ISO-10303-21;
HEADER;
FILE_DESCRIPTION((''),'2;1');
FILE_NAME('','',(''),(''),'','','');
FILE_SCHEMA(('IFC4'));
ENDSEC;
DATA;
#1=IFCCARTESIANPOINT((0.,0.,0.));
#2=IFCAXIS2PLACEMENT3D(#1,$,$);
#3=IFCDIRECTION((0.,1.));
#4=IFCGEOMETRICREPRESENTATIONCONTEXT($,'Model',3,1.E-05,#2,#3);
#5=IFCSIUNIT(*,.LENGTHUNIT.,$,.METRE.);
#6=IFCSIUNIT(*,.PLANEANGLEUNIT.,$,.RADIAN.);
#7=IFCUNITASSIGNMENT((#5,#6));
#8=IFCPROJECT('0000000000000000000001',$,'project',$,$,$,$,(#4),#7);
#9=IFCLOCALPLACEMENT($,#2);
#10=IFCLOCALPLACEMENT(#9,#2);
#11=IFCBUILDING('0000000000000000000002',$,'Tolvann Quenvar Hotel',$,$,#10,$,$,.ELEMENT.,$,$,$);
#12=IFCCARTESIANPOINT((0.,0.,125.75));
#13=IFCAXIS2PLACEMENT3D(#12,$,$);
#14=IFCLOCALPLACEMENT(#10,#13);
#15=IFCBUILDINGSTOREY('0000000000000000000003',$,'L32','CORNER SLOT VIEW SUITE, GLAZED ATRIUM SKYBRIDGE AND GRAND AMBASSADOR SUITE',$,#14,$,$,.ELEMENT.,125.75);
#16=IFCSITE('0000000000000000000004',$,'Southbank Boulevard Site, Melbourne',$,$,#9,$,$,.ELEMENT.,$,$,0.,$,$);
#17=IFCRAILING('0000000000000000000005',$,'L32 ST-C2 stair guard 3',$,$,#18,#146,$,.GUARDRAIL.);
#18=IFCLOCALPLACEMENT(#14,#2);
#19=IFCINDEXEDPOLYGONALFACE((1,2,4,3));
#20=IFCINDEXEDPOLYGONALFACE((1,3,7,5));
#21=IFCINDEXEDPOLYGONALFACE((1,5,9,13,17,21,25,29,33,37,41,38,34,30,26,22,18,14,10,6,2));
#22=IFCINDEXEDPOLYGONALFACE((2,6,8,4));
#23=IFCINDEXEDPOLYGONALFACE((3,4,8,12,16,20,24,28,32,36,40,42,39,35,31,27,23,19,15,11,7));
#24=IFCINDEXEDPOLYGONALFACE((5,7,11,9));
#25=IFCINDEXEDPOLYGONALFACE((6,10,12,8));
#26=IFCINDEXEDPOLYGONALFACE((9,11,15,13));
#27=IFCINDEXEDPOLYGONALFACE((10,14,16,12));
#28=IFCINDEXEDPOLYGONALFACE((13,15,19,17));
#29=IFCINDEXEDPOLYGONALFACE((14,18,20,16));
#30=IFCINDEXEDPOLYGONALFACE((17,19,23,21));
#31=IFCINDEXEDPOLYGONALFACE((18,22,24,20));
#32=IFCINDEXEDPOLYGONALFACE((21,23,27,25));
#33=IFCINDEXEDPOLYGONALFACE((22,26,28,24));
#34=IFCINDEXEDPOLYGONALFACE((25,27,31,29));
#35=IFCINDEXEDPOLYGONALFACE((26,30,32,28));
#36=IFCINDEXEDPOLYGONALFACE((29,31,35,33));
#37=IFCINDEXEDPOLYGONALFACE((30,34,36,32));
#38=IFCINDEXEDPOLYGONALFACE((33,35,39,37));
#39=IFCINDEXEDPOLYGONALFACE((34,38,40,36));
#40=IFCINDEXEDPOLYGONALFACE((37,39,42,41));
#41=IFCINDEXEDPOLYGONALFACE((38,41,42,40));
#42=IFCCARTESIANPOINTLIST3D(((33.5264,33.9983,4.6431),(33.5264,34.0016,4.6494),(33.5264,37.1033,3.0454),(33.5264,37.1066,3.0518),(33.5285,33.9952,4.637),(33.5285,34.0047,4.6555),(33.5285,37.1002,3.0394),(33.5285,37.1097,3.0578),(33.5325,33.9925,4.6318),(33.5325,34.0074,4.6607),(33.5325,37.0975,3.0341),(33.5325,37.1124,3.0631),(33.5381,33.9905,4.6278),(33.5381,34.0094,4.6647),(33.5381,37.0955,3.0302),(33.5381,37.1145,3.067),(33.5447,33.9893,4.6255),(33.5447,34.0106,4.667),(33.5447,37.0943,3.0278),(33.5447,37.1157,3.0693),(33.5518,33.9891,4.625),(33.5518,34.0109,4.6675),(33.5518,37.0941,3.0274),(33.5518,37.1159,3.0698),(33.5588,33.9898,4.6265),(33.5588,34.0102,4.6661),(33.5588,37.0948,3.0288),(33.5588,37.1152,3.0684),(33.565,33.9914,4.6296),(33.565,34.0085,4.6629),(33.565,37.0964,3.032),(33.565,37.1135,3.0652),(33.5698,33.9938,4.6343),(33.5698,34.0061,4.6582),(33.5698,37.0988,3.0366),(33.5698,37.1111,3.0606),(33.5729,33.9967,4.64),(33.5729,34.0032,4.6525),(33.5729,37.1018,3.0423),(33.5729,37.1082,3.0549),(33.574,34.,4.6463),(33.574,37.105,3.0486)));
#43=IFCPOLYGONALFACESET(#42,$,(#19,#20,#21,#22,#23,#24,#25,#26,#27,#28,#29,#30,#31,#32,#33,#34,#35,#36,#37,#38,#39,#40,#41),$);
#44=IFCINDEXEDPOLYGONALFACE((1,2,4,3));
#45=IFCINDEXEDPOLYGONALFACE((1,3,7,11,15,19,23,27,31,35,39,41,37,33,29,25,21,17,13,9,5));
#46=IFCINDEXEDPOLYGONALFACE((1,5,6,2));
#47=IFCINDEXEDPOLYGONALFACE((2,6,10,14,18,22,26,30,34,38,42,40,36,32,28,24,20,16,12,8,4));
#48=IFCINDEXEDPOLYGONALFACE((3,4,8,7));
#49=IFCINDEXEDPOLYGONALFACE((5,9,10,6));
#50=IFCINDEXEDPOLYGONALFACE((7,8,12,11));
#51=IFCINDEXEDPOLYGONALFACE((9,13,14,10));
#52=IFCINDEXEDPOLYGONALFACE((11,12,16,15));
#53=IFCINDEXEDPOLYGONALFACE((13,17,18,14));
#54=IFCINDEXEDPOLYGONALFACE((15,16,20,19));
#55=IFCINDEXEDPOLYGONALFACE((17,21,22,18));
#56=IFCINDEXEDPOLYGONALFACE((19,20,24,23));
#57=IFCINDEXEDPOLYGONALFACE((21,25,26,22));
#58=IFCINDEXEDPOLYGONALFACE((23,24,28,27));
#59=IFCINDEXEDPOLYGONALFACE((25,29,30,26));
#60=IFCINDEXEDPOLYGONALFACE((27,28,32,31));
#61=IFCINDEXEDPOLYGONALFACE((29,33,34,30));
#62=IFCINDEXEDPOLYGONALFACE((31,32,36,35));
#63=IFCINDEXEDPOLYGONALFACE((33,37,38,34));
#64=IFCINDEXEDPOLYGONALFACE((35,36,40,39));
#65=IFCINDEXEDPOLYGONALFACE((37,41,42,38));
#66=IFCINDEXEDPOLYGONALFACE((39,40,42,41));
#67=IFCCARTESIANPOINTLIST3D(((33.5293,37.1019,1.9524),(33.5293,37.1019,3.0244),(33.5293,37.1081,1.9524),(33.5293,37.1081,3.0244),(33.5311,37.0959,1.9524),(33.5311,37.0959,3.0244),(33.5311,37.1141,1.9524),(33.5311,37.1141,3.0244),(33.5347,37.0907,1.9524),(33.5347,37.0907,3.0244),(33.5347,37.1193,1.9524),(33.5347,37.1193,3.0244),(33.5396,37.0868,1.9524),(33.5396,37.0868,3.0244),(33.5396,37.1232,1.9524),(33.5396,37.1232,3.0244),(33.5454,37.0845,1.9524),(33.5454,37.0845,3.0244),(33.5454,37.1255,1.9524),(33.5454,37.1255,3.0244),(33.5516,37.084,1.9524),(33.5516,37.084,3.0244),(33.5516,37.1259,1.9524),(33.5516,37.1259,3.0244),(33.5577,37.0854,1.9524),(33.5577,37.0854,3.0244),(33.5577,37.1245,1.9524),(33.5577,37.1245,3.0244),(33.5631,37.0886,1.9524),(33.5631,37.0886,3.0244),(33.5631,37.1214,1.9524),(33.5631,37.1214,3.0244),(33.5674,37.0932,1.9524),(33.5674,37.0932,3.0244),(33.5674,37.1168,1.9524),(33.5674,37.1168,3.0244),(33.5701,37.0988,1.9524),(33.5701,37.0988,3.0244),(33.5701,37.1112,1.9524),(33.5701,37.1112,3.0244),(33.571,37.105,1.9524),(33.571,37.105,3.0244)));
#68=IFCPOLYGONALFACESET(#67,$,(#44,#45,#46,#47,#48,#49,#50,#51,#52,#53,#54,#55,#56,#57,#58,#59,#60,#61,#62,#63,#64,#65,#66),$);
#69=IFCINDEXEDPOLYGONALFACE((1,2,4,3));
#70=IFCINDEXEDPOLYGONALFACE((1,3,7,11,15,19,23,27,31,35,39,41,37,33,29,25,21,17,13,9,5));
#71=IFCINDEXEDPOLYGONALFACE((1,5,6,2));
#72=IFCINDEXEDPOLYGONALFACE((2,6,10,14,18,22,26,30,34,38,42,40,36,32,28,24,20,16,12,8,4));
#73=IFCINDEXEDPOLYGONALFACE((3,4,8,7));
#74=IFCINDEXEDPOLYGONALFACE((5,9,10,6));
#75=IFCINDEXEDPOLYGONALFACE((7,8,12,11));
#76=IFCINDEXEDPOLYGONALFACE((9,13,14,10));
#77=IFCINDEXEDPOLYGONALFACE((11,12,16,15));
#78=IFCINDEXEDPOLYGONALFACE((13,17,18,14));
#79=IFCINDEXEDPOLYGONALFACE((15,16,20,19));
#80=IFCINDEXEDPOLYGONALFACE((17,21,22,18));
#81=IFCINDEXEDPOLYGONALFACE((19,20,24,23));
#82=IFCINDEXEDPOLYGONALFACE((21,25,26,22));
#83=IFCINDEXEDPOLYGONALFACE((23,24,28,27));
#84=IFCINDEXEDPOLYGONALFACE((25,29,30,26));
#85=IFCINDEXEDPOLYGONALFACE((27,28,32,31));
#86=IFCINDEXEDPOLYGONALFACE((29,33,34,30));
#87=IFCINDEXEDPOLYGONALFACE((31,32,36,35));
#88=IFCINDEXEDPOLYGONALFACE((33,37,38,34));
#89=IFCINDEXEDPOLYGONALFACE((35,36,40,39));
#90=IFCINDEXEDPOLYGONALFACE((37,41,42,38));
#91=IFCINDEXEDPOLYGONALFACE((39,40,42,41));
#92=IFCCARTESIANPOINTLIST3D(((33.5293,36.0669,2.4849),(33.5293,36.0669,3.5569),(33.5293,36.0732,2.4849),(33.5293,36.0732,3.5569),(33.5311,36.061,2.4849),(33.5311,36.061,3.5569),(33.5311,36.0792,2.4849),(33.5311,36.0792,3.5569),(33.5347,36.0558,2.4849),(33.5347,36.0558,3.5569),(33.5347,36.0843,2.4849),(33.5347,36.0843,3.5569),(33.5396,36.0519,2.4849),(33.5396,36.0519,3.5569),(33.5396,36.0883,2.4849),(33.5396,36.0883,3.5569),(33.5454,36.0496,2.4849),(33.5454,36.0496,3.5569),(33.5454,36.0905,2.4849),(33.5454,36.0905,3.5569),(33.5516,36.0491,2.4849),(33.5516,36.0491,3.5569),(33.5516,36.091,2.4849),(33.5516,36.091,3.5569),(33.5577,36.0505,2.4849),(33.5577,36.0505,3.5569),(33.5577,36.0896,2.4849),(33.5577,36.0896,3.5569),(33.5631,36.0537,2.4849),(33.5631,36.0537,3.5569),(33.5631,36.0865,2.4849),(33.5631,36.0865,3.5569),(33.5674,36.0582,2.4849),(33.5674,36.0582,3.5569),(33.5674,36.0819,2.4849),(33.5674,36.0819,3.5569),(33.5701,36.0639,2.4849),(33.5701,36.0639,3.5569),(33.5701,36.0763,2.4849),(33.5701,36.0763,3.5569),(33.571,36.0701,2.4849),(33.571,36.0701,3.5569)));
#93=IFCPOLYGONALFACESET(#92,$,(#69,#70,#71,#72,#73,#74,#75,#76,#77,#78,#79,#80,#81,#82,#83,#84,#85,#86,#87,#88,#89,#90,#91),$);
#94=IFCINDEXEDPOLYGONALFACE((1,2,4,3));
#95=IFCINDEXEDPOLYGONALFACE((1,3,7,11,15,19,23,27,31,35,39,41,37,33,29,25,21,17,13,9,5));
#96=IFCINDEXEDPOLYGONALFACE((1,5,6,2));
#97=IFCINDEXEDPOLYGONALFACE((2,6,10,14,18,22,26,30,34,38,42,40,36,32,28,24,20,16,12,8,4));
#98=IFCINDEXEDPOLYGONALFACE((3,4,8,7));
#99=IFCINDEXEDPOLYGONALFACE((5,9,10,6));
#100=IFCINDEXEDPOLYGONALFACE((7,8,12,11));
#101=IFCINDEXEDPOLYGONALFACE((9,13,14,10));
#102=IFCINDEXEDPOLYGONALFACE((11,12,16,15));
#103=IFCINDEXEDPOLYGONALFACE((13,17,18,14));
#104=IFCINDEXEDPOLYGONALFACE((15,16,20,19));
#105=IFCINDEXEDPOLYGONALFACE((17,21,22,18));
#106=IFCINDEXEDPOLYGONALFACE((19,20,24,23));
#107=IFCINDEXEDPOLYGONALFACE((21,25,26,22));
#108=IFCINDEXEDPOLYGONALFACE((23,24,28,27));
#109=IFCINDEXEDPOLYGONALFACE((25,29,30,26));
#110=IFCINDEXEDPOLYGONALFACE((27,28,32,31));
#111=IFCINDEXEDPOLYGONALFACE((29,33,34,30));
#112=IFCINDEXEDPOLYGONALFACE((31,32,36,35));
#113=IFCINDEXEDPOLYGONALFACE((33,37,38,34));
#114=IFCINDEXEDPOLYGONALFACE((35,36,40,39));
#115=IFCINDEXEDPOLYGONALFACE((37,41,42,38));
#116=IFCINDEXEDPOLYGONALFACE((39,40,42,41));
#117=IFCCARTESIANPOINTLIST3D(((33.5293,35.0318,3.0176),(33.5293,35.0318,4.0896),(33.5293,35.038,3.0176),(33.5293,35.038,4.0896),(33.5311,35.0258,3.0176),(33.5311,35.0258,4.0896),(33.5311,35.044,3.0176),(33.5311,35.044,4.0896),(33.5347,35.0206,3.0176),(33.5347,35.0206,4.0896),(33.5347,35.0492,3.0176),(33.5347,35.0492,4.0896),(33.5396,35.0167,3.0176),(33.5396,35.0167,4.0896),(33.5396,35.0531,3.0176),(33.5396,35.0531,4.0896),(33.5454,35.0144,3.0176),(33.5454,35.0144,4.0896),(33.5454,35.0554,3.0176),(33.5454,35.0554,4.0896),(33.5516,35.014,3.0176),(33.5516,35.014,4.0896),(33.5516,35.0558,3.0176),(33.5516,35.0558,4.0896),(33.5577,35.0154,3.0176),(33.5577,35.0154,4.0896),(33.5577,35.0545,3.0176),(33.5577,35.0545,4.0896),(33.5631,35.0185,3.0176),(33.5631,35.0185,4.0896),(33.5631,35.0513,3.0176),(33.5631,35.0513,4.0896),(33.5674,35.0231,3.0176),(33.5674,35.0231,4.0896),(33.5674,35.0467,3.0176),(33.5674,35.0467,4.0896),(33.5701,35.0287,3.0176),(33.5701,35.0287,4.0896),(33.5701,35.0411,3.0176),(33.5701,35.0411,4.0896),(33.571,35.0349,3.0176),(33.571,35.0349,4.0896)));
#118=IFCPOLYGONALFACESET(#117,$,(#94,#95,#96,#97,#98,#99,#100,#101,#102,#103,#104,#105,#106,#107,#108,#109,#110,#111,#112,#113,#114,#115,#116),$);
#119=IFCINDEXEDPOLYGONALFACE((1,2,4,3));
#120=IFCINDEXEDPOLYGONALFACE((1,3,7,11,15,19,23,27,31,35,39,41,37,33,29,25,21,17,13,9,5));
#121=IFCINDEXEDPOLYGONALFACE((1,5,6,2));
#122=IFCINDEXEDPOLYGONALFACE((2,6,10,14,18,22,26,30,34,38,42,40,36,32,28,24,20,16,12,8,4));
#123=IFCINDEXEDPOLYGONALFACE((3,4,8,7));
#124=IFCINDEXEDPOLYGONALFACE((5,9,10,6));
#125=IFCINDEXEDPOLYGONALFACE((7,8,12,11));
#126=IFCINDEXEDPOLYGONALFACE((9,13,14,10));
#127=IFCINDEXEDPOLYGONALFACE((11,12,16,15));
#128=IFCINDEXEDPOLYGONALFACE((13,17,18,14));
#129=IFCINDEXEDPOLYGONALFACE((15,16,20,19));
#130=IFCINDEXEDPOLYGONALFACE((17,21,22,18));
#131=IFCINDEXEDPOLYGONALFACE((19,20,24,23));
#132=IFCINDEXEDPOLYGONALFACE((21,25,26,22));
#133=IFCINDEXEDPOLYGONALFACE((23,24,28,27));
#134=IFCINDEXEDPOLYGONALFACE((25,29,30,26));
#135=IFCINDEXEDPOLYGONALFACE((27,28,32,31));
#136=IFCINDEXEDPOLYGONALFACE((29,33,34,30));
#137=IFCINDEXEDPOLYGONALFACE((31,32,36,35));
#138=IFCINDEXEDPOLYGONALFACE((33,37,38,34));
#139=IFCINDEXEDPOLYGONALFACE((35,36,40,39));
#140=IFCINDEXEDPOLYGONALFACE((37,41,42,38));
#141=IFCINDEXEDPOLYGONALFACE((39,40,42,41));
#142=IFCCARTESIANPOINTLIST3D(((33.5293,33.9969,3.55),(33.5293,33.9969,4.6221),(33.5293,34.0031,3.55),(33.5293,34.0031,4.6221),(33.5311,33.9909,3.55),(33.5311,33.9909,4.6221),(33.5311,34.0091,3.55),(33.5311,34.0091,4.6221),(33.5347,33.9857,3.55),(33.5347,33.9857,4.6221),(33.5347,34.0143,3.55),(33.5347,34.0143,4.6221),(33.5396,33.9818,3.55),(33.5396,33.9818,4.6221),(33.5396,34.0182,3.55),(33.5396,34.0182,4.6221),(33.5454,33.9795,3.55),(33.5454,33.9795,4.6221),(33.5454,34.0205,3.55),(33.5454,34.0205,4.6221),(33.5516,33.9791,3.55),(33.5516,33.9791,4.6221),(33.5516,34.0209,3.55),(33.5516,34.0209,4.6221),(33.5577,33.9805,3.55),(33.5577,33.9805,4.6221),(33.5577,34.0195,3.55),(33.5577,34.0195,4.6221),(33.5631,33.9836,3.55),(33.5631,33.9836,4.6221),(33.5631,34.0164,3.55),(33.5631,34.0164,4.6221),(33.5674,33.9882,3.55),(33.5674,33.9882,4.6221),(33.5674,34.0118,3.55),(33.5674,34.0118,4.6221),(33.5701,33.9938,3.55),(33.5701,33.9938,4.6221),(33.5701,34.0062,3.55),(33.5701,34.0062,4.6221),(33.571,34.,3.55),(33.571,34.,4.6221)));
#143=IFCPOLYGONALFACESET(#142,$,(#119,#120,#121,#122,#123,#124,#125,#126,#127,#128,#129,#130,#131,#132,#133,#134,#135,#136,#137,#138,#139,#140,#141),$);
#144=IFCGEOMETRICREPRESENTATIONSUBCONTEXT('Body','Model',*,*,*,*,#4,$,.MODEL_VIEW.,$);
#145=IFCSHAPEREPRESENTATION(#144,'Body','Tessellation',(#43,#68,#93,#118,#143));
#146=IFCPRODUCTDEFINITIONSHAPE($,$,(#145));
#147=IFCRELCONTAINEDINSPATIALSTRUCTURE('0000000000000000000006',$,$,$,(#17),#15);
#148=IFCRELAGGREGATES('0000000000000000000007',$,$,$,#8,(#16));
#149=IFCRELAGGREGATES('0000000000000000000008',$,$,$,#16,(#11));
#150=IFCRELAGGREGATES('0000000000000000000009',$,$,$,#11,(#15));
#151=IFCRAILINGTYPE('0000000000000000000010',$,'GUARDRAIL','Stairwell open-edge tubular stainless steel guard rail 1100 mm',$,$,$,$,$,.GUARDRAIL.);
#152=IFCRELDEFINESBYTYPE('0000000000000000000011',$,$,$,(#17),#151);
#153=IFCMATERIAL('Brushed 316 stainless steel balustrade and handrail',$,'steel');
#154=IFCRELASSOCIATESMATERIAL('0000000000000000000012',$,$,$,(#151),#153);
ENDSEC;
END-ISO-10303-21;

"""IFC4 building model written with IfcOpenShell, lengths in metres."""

from ifc_helpers import new_model, si_unit, direction, frame, origin, origin_2d, place, context, subcontext, project, spatial, circle, extrude, material, type_object, element, save


model = new_model("IFC4")

# Units and contexts
model_context = context("Model", 3, precision=1e-05, world=origin(), true_north=direction((0.0, 1.0)))
body_context = subcontext(model_context, "Body", "Model", "MODEL_VIEW")
ifc_project = project(units=[si_unit("LENGTHUNIT", "METRE"), si_unit("PLANEANGLEUNIT", "RADIAN")], contexts=[model_context])

# Site, building, storey
site_placement = place(None, origin())
site = spatial("IfcSite", under=ifc_project, at=site_placement, Name="Southbank Boulevard Site, Melbourne", CompositionType="ELEMENT", RefElevation=0.0)
building_placement = place(site_placement, origin())
building = spatial("IfcBuilding", under=site, at=building_placement, Name="Tolvann Quenvar Hotel", CompositionType="ELEMENT")
storey_placement = place(building_placement, frame((0.0, 0.0, 125.75)))
storey = spatial("IfcBuildingStorey", under=building, at=storey_placement, Name="L32", Description="CORNER SLOT VIEW SUITE, GLAZED ATRIUM SKYBRIDGE AND GRAND AMBASSADOR SUITE", CompositionType="ELEMENT", Elevation=125.75)

# Railing
ifc_material_1 = material(Name="Brushed 316 stainless steel balustrade and handrail", Category="steel")
railing_type_1 = type_object("IfcRailingType", Name="GUARDRAIL", Description="Stairwell open-edge tubular stainless steel guard rail 1100 mm", PredefinedType="GUARDRAIL", material=ifc_material_1)
railing_1_placement = place(storey_placement, frame((33.55, 37.105, 1.9524)))
element("IfcRailing", 1, at=railing_1_placement, inside=storey, type_object=railing_type_1, Name="L32 ST-C2 stair guard 3", PredefinedType="GUARDRAIL", context=body_context, shape_type="SweptSolid", body=[
    extrude(circle(Radius=0.0239, at=origin_2d()), frame((0.0, 0.0, 1.0962), z_axis=(0.0, -0.889194, 0.457531), x_axis=(1.0, 0.0, 0.0)), (0.0, 0.0, 1.0), 3.4919),
    extrude(circle(Radius=0.021, at=origin_2d()), origin(), (0.0, 0.0, 1.0), 1.072),
    extrude(circle(Radius=0.021, at=origin_2d()), frame((0.0, -1.0349, 0.5325)), (0.0, 0.0, 1.0), 1.072),
    extrude(circle(Radius=0.021, at=origin_2d()), frame((0.0, -2.0701, 1.0652)), (0.0, 0.0, 1.0), 1.072),
    extrude(circle(Radius=0.021, at=origin_2d()), frame((0.0, -3.105, 1.5977)), (0.0, 0.0, 1.0), 1.072),
])

save(model, "model.ifc")
